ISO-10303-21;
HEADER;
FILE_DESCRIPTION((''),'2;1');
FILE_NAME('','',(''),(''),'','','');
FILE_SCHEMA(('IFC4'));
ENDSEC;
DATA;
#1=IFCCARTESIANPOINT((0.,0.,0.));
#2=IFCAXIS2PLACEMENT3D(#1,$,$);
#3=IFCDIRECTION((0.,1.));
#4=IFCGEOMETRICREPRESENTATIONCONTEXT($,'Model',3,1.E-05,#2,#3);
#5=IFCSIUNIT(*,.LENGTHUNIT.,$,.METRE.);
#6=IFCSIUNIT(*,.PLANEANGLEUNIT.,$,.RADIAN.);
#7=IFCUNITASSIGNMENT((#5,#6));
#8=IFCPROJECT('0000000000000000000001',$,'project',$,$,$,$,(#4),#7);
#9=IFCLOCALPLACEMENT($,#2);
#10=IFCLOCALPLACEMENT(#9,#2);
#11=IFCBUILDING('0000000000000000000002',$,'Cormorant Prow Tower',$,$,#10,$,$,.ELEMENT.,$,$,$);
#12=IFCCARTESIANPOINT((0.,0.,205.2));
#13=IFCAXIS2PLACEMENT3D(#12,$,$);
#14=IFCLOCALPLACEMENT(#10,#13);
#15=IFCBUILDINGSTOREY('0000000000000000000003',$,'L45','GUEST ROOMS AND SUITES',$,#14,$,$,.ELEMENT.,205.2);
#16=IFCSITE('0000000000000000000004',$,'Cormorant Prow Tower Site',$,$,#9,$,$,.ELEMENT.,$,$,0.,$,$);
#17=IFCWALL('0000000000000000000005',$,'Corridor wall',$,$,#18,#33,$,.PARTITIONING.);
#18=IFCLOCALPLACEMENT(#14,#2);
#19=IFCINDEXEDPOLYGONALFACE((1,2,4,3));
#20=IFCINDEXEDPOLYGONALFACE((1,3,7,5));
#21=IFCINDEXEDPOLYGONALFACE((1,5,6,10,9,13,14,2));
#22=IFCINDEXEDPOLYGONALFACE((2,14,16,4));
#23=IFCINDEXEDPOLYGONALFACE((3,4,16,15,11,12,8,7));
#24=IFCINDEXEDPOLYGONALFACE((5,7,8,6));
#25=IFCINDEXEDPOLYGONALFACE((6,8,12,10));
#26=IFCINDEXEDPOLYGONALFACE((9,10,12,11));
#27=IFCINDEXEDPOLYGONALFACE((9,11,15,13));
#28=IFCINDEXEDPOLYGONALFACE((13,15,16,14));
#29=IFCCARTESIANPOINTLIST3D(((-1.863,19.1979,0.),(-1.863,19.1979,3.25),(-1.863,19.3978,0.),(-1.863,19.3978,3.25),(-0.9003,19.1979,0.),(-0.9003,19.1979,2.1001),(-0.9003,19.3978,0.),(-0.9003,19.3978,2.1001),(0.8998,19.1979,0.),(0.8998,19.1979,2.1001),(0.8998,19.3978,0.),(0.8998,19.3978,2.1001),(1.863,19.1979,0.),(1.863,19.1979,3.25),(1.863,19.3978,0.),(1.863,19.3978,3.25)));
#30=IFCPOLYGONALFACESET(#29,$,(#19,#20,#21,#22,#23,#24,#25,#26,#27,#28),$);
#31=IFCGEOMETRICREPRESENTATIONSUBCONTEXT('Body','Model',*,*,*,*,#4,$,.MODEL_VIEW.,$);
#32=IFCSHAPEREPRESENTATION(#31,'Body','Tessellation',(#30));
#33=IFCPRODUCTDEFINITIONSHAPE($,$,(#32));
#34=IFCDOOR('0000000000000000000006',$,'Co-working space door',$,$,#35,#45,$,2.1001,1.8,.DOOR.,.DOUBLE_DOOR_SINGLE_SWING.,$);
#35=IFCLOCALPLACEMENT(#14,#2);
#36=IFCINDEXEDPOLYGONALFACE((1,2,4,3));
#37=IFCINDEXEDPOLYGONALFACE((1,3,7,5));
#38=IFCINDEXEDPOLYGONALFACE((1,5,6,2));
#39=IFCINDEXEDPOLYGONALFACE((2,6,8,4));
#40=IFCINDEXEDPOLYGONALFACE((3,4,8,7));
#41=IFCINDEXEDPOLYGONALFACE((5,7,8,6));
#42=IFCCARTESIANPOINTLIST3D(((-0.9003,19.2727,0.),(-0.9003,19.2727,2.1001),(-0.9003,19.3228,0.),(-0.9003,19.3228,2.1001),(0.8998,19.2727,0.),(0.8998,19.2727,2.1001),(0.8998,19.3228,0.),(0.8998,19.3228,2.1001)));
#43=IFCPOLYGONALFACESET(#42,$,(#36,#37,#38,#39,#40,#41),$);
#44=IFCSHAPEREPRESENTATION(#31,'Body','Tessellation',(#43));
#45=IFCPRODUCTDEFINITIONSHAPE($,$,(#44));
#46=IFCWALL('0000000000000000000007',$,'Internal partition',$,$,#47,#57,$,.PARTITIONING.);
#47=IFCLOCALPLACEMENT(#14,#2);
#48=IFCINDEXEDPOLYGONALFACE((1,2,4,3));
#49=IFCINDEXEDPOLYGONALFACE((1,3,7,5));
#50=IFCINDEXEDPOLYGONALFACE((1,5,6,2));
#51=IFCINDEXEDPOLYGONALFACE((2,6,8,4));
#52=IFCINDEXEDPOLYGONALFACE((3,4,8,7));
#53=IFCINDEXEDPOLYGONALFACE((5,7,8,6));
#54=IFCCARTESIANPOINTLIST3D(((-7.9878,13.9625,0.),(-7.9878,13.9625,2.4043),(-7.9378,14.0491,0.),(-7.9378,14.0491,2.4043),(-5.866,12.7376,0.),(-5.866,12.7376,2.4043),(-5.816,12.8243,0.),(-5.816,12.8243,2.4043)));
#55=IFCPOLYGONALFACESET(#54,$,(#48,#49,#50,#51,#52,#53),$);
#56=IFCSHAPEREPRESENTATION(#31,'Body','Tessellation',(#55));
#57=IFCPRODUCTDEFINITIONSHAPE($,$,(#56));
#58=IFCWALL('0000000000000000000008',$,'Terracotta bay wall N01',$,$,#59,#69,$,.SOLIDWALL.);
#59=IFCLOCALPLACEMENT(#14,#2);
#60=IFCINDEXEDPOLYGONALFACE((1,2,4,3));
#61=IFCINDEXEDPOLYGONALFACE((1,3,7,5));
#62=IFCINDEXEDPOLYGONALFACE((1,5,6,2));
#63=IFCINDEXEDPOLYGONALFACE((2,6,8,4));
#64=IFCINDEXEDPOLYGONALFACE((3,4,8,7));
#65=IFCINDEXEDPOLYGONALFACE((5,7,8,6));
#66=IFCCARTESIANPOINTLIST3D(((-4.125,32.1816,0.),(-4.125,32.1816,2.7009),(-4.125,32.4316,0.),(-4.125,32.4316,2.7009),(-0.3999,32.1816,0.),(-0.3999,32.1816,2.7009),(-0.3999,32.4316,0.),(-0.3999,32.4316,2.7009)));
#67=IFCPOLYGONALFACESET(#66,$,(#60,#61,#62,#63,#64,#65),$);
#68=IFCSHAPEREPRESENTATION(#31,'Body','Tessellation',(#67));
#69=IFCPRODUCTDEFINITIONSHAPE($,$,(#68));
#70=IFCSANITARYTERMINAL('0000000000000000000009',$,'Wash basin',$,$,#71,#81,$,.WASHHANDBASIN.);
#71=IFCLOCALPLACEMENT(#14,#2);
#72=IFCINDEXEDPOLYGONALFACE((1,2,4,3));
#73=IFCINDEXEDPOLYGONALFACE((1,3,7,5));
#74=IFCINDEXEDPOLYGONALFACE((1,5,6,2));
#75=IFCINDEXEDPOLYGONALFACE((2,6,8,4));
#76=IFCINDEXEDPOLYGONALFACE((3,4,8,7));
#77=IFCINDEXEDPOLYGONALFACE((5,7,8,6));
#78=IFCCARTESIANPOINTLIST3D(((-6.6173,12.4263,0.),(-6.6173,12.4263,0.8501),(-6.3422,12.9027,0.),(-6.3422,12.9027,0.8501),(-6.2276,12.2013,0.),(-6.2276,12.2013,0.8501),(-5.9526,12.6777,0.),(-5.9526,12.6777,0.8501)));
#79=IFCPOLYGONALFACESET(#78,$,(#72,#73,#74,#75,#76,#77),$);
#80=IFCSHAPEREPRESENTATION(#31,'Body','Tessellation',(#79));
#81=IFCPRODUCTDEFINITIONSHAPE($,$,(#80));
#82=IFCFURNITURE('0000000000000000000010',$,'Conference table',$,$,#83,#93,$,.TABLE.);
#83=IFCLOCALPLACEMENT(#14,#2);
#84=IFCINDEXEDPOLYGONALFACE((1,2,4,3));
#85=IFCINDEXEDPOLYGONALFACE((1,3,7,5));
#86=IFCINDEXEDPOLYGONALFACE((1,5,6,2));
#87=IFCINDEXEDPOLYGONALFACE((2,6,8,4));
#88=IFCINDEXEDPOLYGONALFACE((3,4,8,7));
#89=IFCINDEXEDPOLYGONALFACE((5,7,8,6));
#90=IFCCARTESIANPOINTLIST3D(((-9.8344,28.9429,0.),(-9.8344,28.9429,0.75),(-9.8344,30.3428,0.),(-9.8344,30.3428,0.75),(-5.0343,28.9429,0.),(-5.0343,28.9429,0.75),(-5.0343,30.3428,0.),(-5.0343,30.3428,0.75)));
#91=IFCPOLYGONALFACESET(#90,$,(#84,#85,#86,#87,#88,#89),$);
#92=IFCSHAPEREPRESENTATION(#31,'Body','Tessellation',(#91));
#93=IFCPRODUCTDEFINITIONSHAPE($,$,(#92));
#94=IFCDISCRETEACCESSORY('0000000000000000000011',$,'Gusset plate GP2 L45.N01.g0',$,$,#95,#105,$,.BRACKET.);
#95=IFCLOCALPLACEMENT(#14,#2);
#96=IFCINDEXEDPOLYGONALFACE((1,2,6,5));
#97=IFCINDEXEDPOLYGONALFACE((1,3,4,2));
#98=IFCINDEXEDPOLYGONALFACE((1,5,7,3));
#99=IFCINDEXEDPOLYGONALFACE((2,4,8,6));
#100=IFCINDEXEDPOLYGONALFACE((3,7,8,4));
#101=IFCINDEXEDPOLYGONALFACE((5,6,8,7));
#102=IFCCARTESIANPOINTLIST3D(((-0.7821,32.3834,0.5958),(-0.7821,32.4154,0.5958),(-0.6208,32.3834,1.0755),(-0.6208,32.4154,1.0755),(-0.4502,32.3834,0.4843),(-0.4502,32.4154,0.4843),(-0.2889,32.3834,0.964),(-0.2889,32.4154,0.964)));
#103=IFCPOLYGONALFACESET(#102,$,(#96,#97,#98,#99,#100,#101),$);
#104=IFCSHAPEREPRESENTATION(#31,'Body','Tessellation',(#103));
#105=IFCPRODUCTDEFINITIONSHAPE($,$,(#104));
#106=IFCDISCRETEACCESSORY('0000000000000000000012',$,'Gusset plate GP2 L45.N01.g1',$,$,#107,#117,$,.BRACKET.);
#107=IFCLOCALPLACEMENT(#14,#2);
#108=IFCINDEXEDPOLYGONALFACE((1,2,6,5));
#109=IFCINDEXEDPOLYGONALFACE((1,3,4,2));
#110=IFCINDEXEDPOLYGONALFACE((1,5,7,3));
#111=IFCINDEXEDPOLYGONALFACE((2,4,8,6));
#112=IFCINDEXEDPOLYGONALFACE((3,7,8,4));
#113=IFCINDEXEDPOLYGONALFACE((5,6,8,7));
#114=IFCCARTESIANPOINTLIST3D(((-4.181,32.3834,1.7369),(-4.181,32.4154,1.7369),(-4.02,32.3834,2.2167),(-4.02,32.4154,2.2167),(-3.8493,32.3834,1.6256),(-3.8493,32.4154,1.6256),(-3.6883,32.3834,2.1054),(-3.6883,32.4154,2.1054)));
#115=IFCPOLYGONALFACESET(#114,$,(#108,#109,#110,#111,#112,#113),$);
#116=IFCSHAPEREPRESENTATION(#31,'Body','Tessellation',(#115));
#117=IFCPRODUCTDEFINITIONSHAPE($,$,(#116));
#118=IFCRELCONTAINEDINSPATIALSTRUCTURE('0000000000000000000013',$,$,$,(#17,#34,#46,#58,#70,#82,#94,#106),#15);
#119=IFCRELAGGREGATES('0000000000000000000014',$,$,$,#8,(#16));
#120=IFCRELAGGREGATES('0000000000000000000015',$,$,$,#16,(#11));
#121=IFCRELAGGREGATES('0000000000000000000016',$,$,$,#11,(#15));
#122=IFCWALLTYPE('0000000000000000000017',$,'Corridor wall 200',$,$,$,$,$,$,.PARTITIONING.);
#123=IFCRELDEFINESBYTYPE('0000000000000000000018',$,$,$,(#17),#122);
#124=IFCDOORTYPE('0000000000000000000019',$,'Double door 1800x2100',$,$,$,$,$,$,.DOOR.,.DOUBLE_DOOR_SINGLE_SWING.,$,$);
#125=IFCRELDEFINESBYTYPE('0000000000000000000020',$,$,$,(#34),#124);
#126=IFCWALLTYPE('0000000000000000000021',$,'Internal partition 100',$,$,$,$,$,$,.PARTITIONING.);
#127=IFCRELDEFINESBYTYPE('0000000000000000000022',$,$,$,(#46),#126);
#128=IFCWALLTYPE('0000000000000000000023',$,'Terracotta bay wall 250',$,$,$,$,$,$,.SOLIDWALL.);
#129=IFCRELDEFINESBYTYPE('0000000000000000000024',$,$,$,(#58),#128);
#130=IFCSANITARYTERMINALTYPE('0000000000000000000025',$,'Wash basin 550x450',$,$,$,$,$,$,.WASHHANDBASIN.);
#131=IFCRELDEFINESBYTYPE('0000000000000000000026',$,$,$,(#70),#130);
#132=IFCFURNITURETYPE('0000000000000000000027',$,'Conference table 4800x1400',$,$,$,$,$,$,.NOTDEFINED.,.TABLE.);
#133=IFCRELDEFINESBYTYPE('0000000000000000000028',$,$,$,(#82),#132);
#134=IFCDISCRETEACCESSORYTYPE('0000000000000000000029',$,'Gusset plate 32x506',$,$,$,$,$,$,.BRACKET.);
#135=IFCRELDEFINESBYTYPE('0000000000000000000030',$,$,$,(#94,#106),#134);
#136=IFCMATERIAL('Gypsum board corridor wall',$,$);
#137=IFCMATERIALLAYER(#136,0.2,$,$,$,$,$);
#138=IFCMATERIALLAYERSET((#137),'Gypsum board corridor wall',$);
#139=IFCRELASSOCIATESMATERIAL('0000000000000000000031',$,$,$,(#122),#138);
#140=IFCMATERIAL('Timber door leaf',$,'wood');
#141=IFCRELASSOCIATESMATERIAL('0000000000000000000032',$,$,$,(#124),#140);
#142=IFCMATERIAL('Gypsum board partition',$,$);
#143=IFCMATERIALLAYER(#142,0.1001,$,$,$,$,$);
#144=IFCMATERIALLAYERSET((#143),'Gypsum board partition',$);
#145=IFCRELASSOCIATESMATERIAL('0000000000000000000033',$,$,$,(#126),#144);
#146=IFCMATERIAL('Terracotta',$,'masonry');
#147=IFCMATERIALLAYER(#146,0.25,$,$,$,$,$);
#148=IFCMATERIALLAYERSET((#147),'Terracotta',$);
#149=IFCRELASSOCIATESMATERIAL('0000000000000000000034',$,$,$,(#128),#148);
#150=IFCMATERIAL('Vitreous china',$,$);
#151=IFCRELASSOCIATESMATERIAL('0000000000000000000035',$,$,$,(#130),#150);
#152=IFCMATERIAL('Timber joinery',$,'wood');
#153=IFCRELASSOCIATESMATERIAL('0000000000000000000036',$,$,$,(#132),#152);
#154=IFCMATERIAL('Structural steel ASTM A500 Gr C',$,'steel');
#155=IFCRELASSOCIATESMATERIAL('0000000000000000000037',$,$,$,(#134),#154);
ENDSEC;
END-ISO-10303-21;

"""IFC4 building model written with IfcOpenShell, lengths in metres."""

from ifc_helpers import new_model, si_unit, direction, frame, frame_2d, origin, origin_2d, place, context, subcontext, project, spatial, rectangle, extrude, material, layer, layer_set, material_profile, profile_set, type_object, element, fill, save


model = new_model("IFC4")

# Units and contexts
model_context = context("Model", 3, precision=1e-05, world=origin(), true_north=direction((0.0, 1.0)))
body_context = subcontext(model_context, "Body", "Model", "MODEL_VIEW")
ifc_project = project(units=[si_unit("LENGTHUNIT", "METRE"), si_unit("PLANEANGLEUNIT", "RADIAN")], contexts=[model_context])

# Site, building, storey
site_placement = place(None, origin())
site = spatial("IfcSite", under=ifc_project, at=site_placement, Name="Cormorant Prow Tower Site", CompositionType="ELEMENT", RefElevation=0.0)
building_placement = place(site_placement, origin())
building = spatial("IfcBuilding", under=site, at=building_placement, Name="Cormorant Prow Tower", CompositionType="ELEMENT")
storey_placement = place(building_placement, frame((0.0, 0.0, 205.2)))
storey = spatial("IfcBuildingStorey", under=building, at=storey_placement, Name="L45", Description="GUEST ROOMS AND SUITES", CompositionType="ELEMENT", Elevation=205.2)

# Wall, opening, door
ifc_material_1 = material(Name="Gypsum board corridor wall")
ifc_layer_1 = layer(ifc_material_1, 0.2)
ifc_layer_set_1 = layer_set([ifc_layer_1], Name="Gypsum board corridor wall")
wall_type_1 = type_object("IfcWallType", Name="Corridor wall 200", PredefinedType="PARTITIONING", material=ifc_layer_set_1)
wall_1_placement = place(storey_placement, frame((-1.863, 19.2979, 0.0), z_axis=(0.0, 0.0, 1.0), x_axis=(1.0, 0.0, 0.0)))
wall_1 = element("IfcWall", 1, at=wall_1_placement, inside=storey, type_object=wall_type_1, Name="Corridor wall", PredefinedType="PARTITIONING", context=body_context, shape_type="SweptSolid", body=[
    extrude(rectangle(XDim=3.7261, YDim=0.2, at=frame_2d((1.863, 0.0))), origin(), (0.0, 0.0, 1.0), 3.25),
])
opening_1_placement = place(wall_1_placement, frame((0.9629, 0.0, 0.0)))
opening_1 = element("IfcOpeningElement", 2, at=opening_1_placement, cuts=wall_1, PredefinedType="OPENING", context=body_context, shape_type="SweptSolid", body=[
    extrude(rectangle(XDim=1.8, YDim=2.1001, at=frame_2d((0.8999, 1.05))), frame((0.0, 0.1099, 0.0), z_axis=(0.0, -1.0, 0.0), x_axis=(1.0, 0.0, 0.0)), (0.0, 0.0, 1.0), 0.22),
])
ifc_material_2 = material(Name="Timber door leaf", Category="wood")
door_type_1 = type_object("IfcDoorType", Name="Double door 1800x2100", OperationType="DOUBLE_DOOR_SINGLE_SWING", PredefinedType="DOOR", material=ifc_material_2)
door_1_placement = place(opening_1_placement, origin())
door_1 = element("IfcDoor", 3, at=door_1_placement, inside=storey, type_object=door_type_1, Name="Co-working space door", OperationType="DOUBLE_DOOR_SINGLE_SWING", OverallHeight=2.1001, OverallWidth=1.8, PredefinedType="DOOR", context=body_context, shape_type="SweptSolid", body=[
    extrude(rectangle(XDim=1.8, YDim=2.1001, at=frame_2d((0.8999, 1.05))), frame((0.0, 0.0249, 0.0), z_axis=(0.0, -1.0, 0.0), x_axis=(1.0, 0.0, 0.0)), (0.0, 0.0, 1.0), 0.05),
])
fill(opening_1, door_1)

# Walls
ifc_material_3 = material(Name="Gypsum board partition")
ifc_layer_2 = layer(ifc_material_3, 0.1001)
ifc_layer_set_2 = layer_set([ifc_layer_2], Name="Gypsum board partition")
wall_type_2 = type_object("IfcWallType", Name="Internal partition 100", PredefinedType="PARTITIONING", material=ifc_layer_set_2)
wall_2_placement = place(storey_placement, frame((-7.9629, 14.0059, 0.0), z_axis=(0.0, 0.0, 1.0), x_axis=(0.866058, -0.499944, 0.0)))
element("IfcWall", 4, at=wall_2_placement, inside=storey, type_object=wall_type_2, Name="Internal partition", PredefinedType="PARTITIONING", context=body_context, shape_type="SweptSolid", body=[
    extrude(rectangle(XDim=2.45, YDim=0.1001, at=frame_2d((1.2251, 0.0))), origin(), (0.0, 0.0, 1.0), 2.4043),
])
ifc_material_4 = material(Name="Terracotta", Category="masonry")
ifc_layer_3 = layer(ifc_material_4, 0.25)
ifc_layer_set_3 = layer_set([ifc_layer_3], Name="Terracotta")
wall_type_3 = type_object("IfcWallType", Name="Terracotta bay wall 250", PredefinedType="SOLIDWALL", material=ifc_layer_set_3)
wall_3_placement = place(storey_placement, frame((-0.3999, 32.3066, 0.0), z_axis=(0.0, 0.0, 1.0), x_axis=(-1.0, 0.0, 0.0)))
element("IfcWall", 5, at=wall_3_placement, inside=storey, type_object=wall_type_3, Name="Terracotta bay wall N01", PredefinedType="SOLIDWALL", context=body_context, shape_type="SweptSolid", body=[
    extrude(rectangle(XDim=3.7251, YDim=0.25, at=frame_2d((1.8625, 0.0))), origin(), (0.0, 0.0, 1.0), 2.7009),
])

# Sanitary terminal
ifc_material_5 = material(Name="Vitreous china")
sanitary_terminal_type = type_object("IfcSanitaryTerminalType", Name="Wash basin 550x450", PredefinedType="WASHHANDBASIN", material=ifc_material_5)
sanitary_terminal_placement = place(storey_placement, frame((-6.2849, 12.552, 0.0), z_axis=(0.0, 0.0, 1.0), x_axis=(-0.5, -0.866025, 0.0)))
element("IfcSanitaryTerminal", 6, at=sanitary_terminal_placement, inside=storey, type_object=sanitary_terminal_type, Name="Wash basin", PredefinedType="WASHHANDBASIN", context=body_context, shape_type="SweptSolid", body=[
    extrude(rectangle(XDim=0.55, YDim=0.45, at=origin_2d()), origin(), (0.0, 0.0, 1.0), 0.8501),
])

# Furniture
ifc_material_6 = material(Name="Timber joinery", Category="wood")
furniture_type = type_object("IfcFurnitureType", Name="Conference table 4800x1400", AssemblyPlace="NOTDEFINED", PredefinedType="TABLE", material=ifc_material_6)
furniture_placement = place(storey_placement, frame((-7.4343, 29.6428, 0.0), z_axis=(0.0, 0.0, 1.0), x_axis=(1.0, 0.0, 0.0)))
element("IfcFurniture", 7, at=furniture_placement, inside=storey, type_object=furniture_type, Name="Conference table", PredefinedType="TABLE", context=body_context, shape_type="SweptSolid", body=[
    extrude(rectangle(XDim=4.8, YDim=1.3999, at=origin_2d()), origin(), (0.0, 0.0, 1.0), 0.75),
])

# Discrete accessories
ifc_material_7 = material(Name="Structural steel ASTM A500 Gr C", Category="steel")
ifc_material_profile_1 = material_profile(ifc_material_7, rectangle(XDim=0.032, YDim=0.5061, at=origin_2d()), Name="Gusset plate 32x506")
ifc_profile_set_1 = profile_set([ifc_material_profile_1], Name="Structural steel ASTM A500 Gr C")
discrete_accessory_type = type_object("IfcDiscreteAccessoryType", Name="Gusset plate 32x506", PredefinedType="BRACKET", material=ifc_profile_set_1)
discrete_accessory_1_placement = place(storey_placement, frame((-0.7014, 32.3994, 0.8357), z_axis=(0.947843, 0.0, -0.318738), x_axis=(0.0, 1.0, 0.0)))
element("IfcDiscreteAccessory", 8, at=discrete_accessory_1_placement, inside=storey, type_object=discrete_accessory_type, Name="Gusset plate GP2 L45.N01.g0", PredefinedType="BRACKET", context=body_context, shape_type="SweptSolid", body=[
    extrude(rectangle(XDim=0.032, YDim=0.5061, at=origin_2d()), origin(), (0.0, 0.0, 1.0), 0.3501),
])
discrete_accessory_2_placement = place(storey_placement, frame((-3.7688, 32.3994, 1.8655), z_axis=(-0.948054, 0.0, 0.318111), x_axis=(0.0, -1.0, 0.0)))
element("IfcDiscreteAccessory", 9, at=discrete_accessory_2_placement, inside=storey, type_object=discrete_accessory_type, Name="Gusset plate GP2 L45.N01.g1", PredefinedType="BRACKET", context=body_context, shape_type="SweptSolid", body=[
    extrude(rectangle(XDim=0.032, YDim=0.5061, at=origin_2d()), origin(), (0.0, 0.0, 1.0), 0.3499),
])

save(model, "model.ifc")
